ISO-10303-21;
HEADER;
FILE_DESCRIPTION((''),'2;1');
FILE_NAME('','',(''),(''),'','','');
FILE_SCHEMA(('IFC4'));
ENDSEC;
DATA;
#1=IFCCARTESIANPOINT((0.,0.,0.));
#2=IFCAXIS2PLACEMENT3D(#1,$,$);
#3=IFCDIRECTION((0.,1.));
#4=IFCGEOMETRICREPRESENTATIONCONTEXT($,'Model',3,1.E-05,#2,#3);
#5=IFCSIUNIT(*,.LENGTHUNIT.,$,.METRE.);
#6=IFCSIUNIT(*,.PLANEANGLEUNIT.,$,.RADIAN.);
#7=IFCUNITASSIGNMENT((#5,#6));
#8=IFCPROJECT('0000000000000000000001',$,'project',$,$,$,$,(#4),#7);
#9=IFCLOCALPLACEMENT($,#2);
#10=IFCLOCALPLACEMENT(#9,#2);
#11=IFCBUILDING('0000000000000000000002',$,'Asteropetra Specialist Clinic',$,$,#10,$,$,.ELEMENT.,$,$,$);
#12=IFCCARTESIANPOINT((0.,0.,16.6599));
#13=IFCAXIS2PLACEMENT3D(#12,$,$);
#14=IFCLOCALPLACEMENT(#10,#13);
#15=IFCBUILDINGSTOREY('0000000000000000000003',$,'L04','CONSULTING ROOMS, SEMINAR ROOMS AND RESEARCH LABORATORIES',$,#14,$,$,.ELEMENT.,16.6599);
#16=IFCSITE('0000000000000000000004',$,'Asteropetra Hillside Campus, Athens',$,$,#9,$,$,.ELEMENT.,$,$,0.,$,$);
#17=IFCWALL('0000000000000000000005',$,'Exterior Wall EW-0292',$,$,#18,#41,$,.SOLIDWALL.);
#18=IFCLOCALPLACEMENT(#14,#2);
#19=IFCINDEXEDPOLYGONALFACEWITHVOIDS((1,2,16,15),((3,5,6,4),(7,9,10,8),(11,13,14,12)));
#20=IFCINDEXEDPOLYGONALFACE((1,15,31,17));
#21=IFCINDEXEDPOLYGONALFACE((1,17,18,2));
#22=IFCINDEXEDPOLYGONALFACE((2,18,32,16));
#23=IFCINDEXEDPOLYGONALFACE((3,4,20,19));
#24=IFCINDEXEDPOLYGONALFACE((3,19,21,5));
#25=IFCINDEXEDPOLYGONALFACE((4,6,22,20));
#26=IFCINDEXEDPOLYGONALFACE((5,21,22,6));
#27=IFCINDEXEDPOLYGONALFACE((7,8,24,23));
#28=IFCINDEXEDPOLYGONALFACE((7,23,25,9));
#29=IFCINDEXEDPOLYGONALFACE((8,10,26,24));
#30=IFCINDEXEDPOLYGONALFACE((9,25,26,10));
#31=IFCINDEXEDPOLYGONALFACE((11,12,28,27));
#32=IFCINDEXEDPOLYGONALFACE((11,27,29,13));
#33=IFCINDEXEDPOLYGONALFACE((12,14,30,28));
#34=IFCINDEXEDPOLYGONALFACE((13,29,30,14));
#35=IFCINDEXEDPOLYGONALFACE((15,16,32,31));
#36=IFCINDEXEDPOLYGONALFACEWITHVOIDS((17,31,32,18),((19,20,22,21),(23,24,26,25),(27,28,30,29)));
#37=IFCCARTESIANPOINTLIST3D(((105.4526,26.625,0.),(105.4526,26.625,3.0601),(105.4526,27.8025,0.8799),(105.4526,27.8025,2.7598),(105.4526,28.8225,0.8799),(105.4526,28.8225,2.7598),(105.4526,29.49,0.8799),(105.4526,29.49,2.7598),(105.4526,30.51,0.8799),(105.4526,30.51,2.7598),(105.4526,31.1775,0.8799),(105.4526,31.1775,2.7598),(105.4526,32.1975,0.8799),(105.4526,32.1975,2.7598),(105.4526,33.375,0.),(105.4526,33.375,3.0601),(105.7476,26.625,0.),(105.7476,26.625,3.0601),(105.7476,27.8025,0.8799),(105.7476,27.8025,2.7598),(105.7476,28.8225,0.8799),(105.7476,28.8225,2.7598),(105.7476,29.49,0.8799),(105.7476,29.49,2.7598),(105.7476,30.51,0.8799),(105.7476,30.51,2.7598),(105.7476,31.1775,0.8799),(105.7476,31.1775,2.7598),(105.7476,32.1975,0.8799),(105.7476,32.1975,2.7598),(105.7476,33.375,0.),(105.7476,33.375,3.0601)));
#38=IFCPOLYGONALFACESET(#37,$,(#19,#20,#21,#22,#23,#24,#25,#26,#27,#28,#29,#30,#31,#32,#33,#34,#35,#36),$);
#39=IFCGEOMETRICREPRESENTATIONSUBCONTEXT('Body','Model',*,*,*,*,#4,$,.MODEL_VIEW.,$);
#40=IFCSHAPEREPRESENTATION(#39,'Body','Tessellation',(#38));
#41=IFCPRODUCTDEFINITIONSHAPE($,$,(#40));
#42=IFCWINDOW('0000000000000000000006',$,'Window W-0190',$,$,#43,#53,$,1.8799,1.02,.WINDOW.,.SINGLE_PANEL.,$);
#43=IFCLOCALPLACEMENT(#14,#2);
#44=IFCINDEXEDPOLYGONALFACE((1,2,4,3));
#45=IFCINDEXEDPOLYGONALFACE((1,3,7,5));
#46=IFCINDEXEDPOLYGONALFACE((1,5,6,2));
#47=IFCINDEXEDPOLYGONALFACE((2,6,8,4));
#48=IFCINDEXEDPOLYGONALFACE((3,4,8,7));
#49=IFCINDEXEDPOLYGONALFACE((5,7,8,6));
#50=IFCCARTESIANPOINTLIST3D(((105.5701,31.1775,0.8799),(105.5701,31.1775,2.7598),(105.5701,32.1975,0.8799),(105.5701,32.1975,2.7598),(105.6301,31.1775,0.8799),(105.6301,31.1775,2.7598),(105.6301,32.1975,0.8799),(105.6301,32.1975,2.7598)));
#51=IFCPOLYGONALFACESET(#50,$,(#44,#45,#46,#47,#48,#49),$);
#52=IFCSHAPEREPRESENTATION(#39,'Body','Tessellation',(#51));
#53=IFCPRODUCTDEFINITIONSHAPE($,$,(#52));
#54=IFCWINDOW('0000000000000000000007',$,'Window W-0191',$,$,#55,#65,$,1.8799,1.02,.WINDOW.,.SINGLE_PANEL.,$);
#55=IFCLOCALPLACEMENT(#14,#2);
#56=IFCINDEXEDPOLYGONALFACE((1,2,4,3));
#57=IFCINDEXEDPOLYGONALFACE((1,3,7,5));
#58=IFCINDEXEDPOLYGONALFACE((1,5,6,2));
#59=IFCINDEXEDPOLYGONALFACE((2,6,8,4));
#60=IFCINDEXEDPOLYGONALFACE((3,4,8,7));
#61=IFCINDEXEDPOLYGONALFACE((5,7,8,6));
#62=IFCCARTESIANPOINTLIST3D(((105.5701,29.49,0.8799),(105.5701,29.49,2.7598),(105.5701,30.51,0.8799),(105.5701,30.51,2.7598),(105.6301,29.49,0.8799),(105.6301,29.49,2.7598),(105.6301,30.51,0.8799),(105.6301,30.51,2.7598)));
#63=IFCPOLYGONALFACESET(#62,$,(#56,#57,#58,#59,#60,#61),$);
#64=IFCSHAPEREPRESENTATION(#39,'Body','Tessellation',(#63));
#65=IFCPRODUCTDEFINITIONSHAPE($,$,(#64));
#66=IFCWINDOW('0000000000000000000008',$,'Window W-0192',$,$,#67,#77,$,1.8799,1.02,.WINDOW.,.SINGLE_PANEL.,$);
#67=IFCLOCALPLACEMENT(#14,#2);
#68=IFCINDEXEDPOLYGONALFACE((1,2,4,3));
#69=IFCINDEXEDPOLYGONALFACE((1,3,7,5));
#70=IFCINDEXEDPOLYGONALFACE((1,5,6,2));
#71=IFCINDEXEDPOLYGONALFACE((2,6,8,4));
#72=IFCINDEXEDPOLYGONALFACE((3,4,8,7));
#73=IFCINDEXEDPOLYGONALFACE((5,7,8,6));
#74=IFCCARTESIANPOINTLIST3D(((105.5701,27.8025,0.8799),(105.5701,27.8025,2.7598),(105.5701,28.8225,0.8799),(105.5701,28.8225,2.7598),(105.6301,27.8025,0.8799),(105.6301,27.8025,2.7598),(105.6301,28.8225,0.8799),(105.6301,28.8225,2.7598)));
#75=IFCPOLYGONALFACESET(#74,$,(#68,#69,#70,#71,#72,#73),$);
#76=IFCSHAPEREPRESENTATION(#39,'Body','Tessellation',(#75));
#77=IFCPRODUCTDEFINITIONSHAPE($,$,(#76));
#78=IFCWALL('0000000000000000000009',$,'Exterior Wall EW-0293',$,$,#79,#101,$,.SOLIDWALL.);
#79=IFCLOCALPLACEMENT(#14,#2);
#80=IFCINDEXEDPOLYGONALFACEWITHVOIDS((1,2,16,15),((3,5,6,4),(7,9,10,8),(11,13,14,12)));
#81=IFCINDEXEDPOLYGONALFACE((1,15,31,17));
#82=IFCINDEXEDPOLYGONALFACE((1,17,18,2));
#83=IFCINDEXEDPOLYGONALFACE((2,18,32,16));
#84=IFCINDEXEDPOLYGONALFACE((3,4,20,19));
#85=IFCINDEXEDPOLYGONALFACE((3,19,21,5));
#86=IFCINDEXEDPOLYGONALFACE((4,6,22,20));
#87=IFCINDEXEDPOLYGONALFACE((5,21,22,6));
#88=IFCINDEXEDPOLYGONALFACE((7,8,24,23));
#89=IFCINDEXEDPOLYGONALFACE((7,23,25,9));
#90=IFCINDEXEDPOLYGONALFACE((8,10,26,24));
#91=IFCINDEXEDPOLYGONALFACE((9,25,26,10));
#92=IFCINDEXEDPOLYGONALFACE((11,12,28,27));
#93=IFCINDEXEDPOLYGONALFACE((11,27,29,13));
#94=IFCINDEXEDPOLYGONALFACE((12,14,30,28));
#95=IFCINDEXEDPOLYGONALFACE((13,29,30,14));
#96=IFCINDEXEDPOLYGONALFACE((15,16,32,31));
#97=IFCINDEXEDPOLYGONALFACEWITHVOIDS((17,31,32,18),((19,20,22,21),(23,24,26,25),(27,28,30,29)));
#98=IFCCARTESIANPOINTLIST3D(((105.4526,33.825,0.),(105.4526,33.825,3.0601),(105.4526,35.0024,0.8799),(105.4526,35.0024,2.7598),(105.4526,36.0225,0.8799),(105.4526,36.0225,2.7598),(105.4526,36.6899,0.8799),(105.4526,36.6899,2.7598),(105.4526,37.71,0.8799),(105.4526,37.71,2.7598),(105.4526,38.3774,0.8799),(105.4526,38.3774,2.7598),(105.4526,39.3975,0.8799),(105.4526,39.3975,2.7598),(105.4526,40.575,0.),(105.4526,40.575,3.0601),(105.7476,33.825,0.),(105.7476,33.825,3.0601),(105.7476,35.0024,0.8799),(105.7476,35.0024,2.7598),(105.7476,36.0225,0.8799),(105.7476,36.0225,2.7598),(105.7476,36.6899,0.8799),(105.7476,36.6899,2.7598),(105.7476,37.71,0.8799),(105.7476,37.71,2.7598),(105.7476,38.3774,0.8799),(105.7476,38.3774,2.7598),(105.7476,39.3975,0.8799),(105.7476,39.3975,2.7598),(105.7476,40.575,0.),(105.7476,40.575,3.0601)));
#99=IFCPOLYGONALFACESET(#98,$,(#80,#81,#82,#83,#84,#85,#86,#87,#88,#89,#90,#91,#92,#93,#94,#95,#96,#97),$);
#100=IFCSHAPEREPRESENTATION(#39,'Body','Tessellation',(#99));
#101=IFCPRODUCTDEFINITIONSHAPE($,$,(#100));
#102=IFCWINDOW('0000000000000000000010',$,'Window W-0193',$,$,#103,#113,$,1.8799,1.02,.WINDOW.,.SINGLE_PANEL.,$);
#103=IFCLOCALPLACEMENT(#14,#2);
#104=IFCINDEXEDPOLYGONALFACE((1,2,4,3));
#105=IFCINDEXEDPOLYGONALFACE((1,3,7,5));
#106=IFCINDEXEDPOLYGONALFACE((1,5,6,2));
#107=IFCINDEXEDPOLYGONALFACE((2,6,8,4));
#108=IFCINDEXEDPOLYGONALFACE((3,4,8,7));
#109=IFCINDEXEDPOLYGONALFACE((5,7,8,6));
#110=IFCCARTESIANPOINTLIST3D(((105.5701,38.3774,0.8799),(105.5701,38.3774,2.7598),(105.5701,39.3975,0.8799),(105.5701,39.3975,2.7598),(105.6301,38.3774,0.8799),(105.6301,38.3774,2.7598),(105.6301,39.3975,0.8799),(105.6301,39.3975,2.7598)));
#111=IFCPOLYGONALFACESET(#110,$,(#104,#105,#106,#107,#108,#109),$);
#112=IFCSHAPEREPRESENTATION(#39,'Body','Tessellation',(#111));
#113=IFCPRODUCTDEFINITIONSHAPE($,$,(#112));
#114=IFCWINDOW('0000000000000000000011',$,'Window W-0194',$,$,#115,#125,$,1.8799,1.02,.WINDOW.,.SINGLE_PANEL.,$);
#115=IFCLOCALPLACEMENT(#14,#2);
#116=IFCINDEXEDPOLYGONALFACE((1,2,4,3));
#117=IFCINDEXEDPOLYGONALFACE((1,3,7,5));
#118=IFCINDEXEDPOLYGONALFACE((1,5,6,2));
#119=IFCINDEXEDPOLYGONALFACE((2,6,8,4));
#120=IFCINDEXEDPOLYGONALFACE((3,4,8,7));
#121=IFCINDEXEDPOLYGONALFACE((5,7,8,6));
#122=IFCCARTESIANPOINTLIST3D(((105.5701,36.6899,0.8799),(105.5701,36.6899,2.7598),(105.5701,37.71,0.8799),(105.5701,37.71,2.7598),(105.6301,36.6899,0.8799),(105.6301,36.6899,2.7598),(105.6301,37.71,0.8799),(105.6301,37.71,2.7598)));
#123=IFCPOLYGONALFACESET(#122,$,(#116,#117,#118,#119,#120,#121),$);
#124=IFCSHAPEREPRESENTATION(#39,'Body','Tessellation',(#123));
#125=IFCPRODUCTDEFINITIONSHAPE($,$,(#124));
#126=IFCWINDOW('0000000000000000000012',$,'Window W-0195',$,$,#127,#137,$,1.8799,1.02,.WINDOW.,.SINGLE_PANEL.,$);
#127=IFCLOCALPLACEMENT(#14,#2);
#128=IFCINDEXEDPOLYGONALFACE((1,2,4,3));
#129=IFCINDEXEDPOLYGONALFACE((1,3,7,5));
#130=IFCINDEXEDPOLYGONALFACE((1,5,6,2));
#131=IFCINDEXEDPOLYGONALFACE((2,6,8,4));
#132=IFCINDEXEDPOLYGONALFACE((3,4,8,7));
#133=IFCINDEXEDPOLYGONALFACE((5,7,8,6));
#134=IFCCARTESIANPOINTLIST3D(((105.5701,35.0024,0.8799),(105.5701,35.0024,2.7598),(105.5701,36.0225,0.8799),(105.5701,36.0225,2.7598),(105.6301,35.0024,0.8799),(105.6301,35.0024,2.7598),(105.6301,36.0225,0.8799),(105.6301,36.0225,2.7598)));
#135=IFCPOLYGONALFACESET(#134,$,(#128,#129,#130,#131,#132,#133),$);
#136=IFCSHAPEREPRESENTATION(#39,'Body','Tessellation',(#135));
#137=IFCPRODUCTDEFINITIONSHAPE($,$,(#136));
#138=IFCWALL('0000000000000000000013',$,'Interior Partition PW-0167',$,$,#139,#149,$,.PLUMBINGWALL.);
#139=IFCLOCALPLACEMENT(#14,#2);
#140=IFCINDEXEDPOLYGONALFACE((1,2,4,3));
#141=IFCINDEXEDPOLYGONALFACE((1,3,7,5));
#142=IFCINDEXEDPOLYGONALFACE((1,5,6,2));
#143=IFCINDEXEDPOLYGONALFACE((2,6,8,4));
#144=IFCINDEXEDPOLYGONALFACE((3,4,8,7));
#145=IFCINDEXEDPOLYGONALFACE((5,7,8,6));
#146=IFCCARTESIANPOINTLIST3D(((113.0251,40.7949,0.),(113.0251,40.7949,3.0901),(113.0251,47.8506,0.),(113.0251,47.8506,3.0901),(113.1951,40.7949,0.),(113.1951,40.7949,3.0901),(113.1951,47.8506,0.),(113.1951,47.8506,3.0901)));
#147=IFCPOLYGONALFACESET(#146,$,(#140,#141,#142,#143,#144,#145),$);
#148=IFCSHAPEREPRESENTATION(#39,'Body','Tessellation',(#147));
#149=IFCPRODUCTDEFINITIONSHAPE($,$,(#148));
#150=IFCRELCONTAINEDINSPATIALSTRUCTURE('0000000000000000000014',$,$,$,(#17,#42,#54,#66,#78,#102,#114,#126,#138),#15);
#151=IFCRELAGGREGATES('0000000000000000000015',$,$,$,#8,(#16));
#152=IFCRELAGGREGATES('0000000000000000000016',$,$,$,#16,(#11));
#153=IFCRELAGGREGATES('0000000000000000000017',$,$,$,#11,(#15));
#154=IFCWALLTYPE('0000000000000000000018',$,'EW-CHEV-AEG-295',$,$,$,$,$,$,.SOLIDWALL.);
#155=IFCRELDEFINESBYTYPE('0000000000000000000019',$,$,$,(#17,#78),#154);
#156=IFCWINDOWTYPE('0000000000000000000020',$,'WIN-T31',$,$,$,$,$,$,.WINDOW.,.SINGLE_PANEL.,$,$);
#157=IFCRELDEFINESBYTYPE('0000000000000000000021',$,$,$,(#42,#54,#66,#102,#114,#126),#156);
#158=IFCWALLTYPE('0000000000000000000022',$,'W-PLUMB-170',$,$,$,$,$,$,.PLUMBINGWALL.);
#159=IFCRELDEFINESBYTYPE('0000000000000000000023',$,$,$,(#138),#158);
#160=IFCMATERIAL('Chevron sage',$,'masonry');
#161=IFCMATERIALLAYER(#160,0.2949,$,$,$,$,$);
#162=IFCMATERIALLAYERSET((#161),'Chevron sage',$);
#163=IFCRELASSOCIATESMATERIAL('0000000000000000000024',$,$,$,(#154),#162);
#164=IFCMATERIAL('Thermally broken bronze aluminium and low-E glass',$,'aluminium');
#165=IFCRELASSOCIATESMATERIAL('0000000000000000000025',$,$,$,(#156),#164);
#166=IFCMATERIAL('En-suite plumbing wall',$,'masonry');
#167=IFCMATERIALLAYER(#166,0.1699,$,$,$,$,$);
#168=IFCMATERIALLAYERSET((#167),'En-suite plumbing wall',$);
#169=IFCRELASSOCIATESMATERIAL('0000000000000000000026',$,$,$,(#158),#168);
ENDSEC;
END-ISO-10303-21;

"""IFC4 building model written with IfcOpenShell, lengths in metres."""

from ifc_helpers import new_model, si_unit, direction, frame, frame_2d, origin, place, context, subcontext, project, spatial, rectangle, extrude, material, layer, layer_set, type_object, element, fill, save


model = new_model("IFC4")

# Units and contexts
model_context = context("Model", 3, precision=1e-05, world=origin(), true_north=direction((0.0, 1.0)))
body_context = subcontext(model_context, "Body", "Model", "MODEL_VIEW")
ifc_project = project(units=[si_unit("LENGTHUNIT", "METRE"), si_unit("PLANEANGLEUNIT", "RADIAN")], contexts=[model_context])

# Site, building, storey
site_placement = place(None, origin())
site = spatial("IfcSite", under=ifc_project, at=site_placement, Name="Asteropetra Hillside Campus, Athens", CompositionType="ELEMENT", RefElevation=0.0)
building_placement = place(site_placement, origin())
building = spatial("IfcBuilding", under=site, at=building_placement, Name="Asteropetra Specialist Clinic", CompositionType="ELEMENT")
storey_placement = place(building_placement, frame((0.0, 0.0, 16.6599)))
storey = spatial("IfcBuildingStorey", under=building, at=storey_placement, Name="L04", Description="CONSULTING ROOMS, SEMINAR ROOMS AND RESEARCH LABORATORIES", CompositionType="ELEMENT", Elevation=16.6599)

# Walls, openings, windows
ifc_material_1 = material(Name="Chevron sage", Category="masonry")
ifc_layer_1 = layer(ifc_material_1, 0.2949)
ifc_layer_set_1 = layer_set([ifc_layer_1], Name="Chevron sage")
wall_type_1 = type_object("IfcWallType", Name="EW-CHEV-AEG-295", PredefinedType="SOLIDWALL", material=ifc_layer_set_1)
wall_1_placement = place(storey_placement, frame((105.6001, 33.375, 0.0), z_axis=(0.0, 0.0, 1.0), x_axis=(0.0, -1.0, 0.0)))
wall_1 = element("IfcWall", 1, at=wall_1_placement, inside=storey, type_object=wall_type_1, Name="Exterior Wall EW-0292", PredefinedType="SOLIDWALL", context=body_context, shape_type="SweptSolid", body=[
    extrude(rectangle(XDim=6.75, YDim=0.2949, at=frame_2d((3.375, 0.0))), origin(), (0.0, 0.0, 1.0), 3.0601),
])
opening_1_placement = place(wall_1_placement, frame((1.1775, 0.0, 0.8799)))
opening_1 = element("IfcOpeningElement", 2, at=opening_1_placement, cuts=wall_1, PredefinedType="OPENING", context=body_context, shape_type="SweptSolid", body=[
    extrude(rectangle(XDim=1.02, YDim=1.8799, at=frame_2d((0.51, 0.9399))), frame((0.0, 0.1575, 0.0), z_axis=(0.0, -1.0, 0.0), x_axis=(1.0, 0.0, 0.0)), (0.0, 0.0, 1.0), 0.3149),
])
opening_2_placement = place(wall_1_placement, frame((2.865, 0.0, 0.8799)))
opening_2 = element("IfcOpeningElement", 3, at=opening_2_placement, cuts=wall_1, PredefinedType="OPENING", context=body_context, shape_type="SweptSolid", body=[
    extrude(rectangle(XDim=1.02, YDim=1.8799, at=frame_2d((0.51, 0.9399))), frame((0.0, 0.1575, 0.0), z_axis=(0.0, -1.0, 0.0), x_axis=(1.0, 0.0, 0.0)), (0.0, 0.0, 1.0), 0.3149),
])
opening_3_placement = place(wall_1_placement, frame((4.5525, 0.0, 0.8799)))
opening_3 = element("IfcOpeningElement", 4, at=opening_3_placement, cuts=wall_1, PredefinedType="OPENING", context=body_context, shape_type="SweptSolid", body=[
    extrude(rectangle(XDim=1.02, YDim=1.8799, at=frame_2d((0.51, 0.9399))), frame((0.0, 0.1575, 0.0), z_axis=(0.0, -1.0, 0.0), x_axis=(1.0, 0.0, 0.0)), (0.0, 0.0, 1.0), 0.3149),
])
ifc_material_2 = material(Name="Thermally broken bronze aluminium and low-E glass", Category="aluminium")
window_type = type_object("IfcWindowType", Name="WIN-T31", PartitioningType="SINGLE_PANEL", PredefinedType="WINDOW", material=ifc_material_2)
window_1_placement = place(opening_1_placement, origin())
window_1 = element("IfcWindow", 5, at=window_1_placement, inside=storey, type_object=window_type, Name="Window W-0190", OverallHeight=1.8799, OverallWidth=1.02, PartitioningType="SINGLE_PANEL", PredefinedType="WINDOW", context=body_context, shape_type="SweptSolid", body=[
    extrude(rectangle(XDim=1.02, YDim=1.8799, at=frame_2d((0.51, 0.9399))), frame((0.0, 0.03, 0.0), z_axis=(0.0, -1.0, 0.0), x_axis=(1.0, 0.0, 0.0)), (0.0, 0.0, 1.0), 0.0601),
])
fill(opening_1, window_1)
window_2_placement = place(opening_2_placement, origin())
window_2 = element("IfcWindow", 6, at=window_2_placement, inside=storey, type_object=window_type, Name="Window W-0191", OverallHeight=1.8799, OverallWidth=1.02, PartitioningType="SINGLE_PANEL", PredefinedType="WINDOW", context=body_context, shape_type="SweptSolid", body=[
    extrude(rectangle(XDim=1.02, YDim=1.8799, at=frame_2d((0.51, 0.9399))), frame((0.0, 0.03, 0.0), z_axis=(0.0, -1.0, 0.0), x_axis=(1.0, 0.0, 0.0)), (0.0, 0.0, 1.0), 0.0601),
])
fill(opening_2, window_2)
window_3_placement = place(opening_3_placement, origin())
window_3 = element("IfcWindow", 7, at=window_3_placement, inside=storey, type_object=window_type, Name="Window W-0192", OverallHeight=1.8799, OverallWidth=1.02, PartitioningType="SINGLE_PANEL", PredefinedType="WINDOW", context=body_context, shape_type="SweptSolid", body=[
    extrude(rectangle(XDim=1.02, YDim=1.8799, at=frame_2d((0.51, 0.9399))), frame((0.0, 0.03, 0.0), z_axis=(0.0, -1.0, 0.0), x_axis=(1.0, 0.0, 0.0)), (0.0, 0.0, 1.0), 0.0601),
])
fill(opening_3, window_3)
wall_2_placement = place(storey_placement, frame((105.6001, 40.575, 0.0), z_axis=(0.0, 0.0, 1.0), x_axis=(0.0, -1.0, 0.0)))
wall_2 = element("IfcWall", 8, at=wall_2_placement, inside=storey, type_object=wall_type_1, Name="Exterior Wall EW-0293", PredefinedType="SOLIDWALL", context=body_context, shape_type="SweptSolid", body=[
    extrude(rectangle(XDim=6.75, YDim=0.2949, at=frame_2d((3.375, 0.0))), origin(), (0.0, 0.0, 1.0), 3.0601),
])
opening_4_placement = place(wall_2_placement, frame((1.1775, 0.0, 0.8799)))
opening_4 = element("IfcOpeningElement", 9, at=opening_4_placement, cuts=wall_2, PredefinedType="OPENING", context=body_context, shape_type="SweptSolid", body=[
    extrude(rectangle(XDim=1.02, YDim=1.8799, at=frame_2d((0.51, 0.9399))), frame((0.0, 0.1575, 0.0), z_axis=(0.0, -1.0, 0.0), x_axis=(1.0, 0.0, 0.0)), (0.0, 0.0, 1.0), 0.3149),
])
opening_5_placement = place(wall_2_placement, frame((2.865, 0.0, 0.8799)))
opening_5 = element("IfcOpeningElement", 10, at=opening_5_placement, cuts=wall_2, PredefinedType="OPENING", context=body_context, shape_type="SweptSolid", body=[
    extrude(rectangle(XDim=1.02, YDim=1.8799, at=frame_2d((0.51, 0.9399))), frame((0.0, 0.1575, 0.0), z_axis=(0.0, -1.0, 0.0), x_axis=(1.0, 0.0, 0.0)), (0.0, 0.0, 1.0), 0.3149),
])
opening_6_placement = place(wall_2_placement, frame((4.5525, 0.0, 0.8799)))
opening_6 = element("IfcOpeningElement", 11, at=opening_6_placement, cuts=wall_2, PredefinedType="OPENING", context=body_context, shape_type="SweptSolid", body=[
    extrude(rectangle(XDim=1.02, YDim=1.8799, at=frame_2d((0.51, 0.9399))), frame((0.0, 0.1575, 0.0), z_axis=(0.0, -1.0, 0.0), x_axis=(1.0, 0.0, 0.0)), (0.0, 0.0, 1.0), 0.3149),
])
window_4_placement = place(opening_4_placement, origin())
window_4 = element("IfcWindow", 12, at=window_4_placement, inside=storey, type_object=window_type, Name="Window W-0193", OverallHeight=1.8799, OverallWidth=1.02, PartitioningType="SINGLE_PANEL", PredefinedType="WINDOW", context=body_context, shape_type="SweptSolid", body=[
    extrude(rectangle(XDim=1.02, YDim=1.8799, at=frame_2d((0.51, 0.9399))), frame((0.0, 0.03, 0.0), z_axis=(0.0, -1.0, 0.0), x_axis=(1.0, 0.0, 0.0)), (0.0, 0.0, 1.0), 0.0601),
])
fill(opening_4, window_4)
window_5_placement = place(opening_5_placement, origin())
window_5 = element("IfcWindow", 13, at=window_5_placement, inside=storey, type_object=window_type, Name="Window W-0194", OverallHeight=1.8799, OverallWidth=1.02, PartitioningType="SINGLE_PANEL", PredefinedType="WINDOW", context=body_context, shape_type="SweptSolid", body=[
    extrude(rectangle(XDim=1.02, YDim=1.8799, at=frame_2d((0.51, 0.9399))), frame((0.0, 0.03, 0.0), z_axis=(0.0, -1.0, 0.0), x_axis=(1.0, 0.0, 0.0)), (0.0, 0.0, 1.0), 0.0601),
])
fill(opening_5, window_5)
window_6_placement = place(opening_6_placement, origin())
window_6 = element("IfcWindow", 14, at=window_6_placement, inside=storey, type_object=window_type, Name="Window W-0195", OverallHeight=1.8799, OverallWidth=1.02, PartitioningType="SINGLE_PANEL", PredefinedType="WINDOW", context=body_context, shape_type="SweptSolid", body=[
    extrude(rectangle(XDim=1.02, YDim=1.8799, at=frame_2d((0.51, 0.9399))), frame((0.0, 0.03, 0.0), z_axis=(0.0, -1.0, 0.0), x_axis=(1.0, 0.0, 0.0)), (0.0, 0.0, 1.0), 0.0601),
])
fill(opening_6, window_6)

# Wall
ifc_material_3 = material(Name="En-suite plumbing wall", Category="masonry")
ifc_layer_2 = layer(ifc_material_3, 0.1699)
ifc_layer_set_2 = layer_set([ifc_layer_2], Name="En-suite plumbing wall")
wall_type_2 = type_object("IfcWallType", Name="W-PLUMB-170", PredefinedType="PLUMBINGWALL", material=ifc_layer_set_2)
wall_3_placement = place(storey_placement, frame((113.1101, 40.7949, 0.0), z_axis=(0.0, 0.0, 1.0), x_axis=(0.0, 1.0, 0.0)))
element("IfcWall", 15, at=wall_3_placement, inside=storey, type_object=wall_type_2, Name="Interior Partition PW-0167", PredefinedType="PLUMBINGWALL", context=body_context, shape_type="SweptSolid", body=[
    extrude(rectangle(XDim=7.0557, YDim=0.1699, at=frame_2d((3.5278, 0.0))), origin(), (0.0, 0.0, 1.0), 3.0901),
])

save(model, "model.ifc")
